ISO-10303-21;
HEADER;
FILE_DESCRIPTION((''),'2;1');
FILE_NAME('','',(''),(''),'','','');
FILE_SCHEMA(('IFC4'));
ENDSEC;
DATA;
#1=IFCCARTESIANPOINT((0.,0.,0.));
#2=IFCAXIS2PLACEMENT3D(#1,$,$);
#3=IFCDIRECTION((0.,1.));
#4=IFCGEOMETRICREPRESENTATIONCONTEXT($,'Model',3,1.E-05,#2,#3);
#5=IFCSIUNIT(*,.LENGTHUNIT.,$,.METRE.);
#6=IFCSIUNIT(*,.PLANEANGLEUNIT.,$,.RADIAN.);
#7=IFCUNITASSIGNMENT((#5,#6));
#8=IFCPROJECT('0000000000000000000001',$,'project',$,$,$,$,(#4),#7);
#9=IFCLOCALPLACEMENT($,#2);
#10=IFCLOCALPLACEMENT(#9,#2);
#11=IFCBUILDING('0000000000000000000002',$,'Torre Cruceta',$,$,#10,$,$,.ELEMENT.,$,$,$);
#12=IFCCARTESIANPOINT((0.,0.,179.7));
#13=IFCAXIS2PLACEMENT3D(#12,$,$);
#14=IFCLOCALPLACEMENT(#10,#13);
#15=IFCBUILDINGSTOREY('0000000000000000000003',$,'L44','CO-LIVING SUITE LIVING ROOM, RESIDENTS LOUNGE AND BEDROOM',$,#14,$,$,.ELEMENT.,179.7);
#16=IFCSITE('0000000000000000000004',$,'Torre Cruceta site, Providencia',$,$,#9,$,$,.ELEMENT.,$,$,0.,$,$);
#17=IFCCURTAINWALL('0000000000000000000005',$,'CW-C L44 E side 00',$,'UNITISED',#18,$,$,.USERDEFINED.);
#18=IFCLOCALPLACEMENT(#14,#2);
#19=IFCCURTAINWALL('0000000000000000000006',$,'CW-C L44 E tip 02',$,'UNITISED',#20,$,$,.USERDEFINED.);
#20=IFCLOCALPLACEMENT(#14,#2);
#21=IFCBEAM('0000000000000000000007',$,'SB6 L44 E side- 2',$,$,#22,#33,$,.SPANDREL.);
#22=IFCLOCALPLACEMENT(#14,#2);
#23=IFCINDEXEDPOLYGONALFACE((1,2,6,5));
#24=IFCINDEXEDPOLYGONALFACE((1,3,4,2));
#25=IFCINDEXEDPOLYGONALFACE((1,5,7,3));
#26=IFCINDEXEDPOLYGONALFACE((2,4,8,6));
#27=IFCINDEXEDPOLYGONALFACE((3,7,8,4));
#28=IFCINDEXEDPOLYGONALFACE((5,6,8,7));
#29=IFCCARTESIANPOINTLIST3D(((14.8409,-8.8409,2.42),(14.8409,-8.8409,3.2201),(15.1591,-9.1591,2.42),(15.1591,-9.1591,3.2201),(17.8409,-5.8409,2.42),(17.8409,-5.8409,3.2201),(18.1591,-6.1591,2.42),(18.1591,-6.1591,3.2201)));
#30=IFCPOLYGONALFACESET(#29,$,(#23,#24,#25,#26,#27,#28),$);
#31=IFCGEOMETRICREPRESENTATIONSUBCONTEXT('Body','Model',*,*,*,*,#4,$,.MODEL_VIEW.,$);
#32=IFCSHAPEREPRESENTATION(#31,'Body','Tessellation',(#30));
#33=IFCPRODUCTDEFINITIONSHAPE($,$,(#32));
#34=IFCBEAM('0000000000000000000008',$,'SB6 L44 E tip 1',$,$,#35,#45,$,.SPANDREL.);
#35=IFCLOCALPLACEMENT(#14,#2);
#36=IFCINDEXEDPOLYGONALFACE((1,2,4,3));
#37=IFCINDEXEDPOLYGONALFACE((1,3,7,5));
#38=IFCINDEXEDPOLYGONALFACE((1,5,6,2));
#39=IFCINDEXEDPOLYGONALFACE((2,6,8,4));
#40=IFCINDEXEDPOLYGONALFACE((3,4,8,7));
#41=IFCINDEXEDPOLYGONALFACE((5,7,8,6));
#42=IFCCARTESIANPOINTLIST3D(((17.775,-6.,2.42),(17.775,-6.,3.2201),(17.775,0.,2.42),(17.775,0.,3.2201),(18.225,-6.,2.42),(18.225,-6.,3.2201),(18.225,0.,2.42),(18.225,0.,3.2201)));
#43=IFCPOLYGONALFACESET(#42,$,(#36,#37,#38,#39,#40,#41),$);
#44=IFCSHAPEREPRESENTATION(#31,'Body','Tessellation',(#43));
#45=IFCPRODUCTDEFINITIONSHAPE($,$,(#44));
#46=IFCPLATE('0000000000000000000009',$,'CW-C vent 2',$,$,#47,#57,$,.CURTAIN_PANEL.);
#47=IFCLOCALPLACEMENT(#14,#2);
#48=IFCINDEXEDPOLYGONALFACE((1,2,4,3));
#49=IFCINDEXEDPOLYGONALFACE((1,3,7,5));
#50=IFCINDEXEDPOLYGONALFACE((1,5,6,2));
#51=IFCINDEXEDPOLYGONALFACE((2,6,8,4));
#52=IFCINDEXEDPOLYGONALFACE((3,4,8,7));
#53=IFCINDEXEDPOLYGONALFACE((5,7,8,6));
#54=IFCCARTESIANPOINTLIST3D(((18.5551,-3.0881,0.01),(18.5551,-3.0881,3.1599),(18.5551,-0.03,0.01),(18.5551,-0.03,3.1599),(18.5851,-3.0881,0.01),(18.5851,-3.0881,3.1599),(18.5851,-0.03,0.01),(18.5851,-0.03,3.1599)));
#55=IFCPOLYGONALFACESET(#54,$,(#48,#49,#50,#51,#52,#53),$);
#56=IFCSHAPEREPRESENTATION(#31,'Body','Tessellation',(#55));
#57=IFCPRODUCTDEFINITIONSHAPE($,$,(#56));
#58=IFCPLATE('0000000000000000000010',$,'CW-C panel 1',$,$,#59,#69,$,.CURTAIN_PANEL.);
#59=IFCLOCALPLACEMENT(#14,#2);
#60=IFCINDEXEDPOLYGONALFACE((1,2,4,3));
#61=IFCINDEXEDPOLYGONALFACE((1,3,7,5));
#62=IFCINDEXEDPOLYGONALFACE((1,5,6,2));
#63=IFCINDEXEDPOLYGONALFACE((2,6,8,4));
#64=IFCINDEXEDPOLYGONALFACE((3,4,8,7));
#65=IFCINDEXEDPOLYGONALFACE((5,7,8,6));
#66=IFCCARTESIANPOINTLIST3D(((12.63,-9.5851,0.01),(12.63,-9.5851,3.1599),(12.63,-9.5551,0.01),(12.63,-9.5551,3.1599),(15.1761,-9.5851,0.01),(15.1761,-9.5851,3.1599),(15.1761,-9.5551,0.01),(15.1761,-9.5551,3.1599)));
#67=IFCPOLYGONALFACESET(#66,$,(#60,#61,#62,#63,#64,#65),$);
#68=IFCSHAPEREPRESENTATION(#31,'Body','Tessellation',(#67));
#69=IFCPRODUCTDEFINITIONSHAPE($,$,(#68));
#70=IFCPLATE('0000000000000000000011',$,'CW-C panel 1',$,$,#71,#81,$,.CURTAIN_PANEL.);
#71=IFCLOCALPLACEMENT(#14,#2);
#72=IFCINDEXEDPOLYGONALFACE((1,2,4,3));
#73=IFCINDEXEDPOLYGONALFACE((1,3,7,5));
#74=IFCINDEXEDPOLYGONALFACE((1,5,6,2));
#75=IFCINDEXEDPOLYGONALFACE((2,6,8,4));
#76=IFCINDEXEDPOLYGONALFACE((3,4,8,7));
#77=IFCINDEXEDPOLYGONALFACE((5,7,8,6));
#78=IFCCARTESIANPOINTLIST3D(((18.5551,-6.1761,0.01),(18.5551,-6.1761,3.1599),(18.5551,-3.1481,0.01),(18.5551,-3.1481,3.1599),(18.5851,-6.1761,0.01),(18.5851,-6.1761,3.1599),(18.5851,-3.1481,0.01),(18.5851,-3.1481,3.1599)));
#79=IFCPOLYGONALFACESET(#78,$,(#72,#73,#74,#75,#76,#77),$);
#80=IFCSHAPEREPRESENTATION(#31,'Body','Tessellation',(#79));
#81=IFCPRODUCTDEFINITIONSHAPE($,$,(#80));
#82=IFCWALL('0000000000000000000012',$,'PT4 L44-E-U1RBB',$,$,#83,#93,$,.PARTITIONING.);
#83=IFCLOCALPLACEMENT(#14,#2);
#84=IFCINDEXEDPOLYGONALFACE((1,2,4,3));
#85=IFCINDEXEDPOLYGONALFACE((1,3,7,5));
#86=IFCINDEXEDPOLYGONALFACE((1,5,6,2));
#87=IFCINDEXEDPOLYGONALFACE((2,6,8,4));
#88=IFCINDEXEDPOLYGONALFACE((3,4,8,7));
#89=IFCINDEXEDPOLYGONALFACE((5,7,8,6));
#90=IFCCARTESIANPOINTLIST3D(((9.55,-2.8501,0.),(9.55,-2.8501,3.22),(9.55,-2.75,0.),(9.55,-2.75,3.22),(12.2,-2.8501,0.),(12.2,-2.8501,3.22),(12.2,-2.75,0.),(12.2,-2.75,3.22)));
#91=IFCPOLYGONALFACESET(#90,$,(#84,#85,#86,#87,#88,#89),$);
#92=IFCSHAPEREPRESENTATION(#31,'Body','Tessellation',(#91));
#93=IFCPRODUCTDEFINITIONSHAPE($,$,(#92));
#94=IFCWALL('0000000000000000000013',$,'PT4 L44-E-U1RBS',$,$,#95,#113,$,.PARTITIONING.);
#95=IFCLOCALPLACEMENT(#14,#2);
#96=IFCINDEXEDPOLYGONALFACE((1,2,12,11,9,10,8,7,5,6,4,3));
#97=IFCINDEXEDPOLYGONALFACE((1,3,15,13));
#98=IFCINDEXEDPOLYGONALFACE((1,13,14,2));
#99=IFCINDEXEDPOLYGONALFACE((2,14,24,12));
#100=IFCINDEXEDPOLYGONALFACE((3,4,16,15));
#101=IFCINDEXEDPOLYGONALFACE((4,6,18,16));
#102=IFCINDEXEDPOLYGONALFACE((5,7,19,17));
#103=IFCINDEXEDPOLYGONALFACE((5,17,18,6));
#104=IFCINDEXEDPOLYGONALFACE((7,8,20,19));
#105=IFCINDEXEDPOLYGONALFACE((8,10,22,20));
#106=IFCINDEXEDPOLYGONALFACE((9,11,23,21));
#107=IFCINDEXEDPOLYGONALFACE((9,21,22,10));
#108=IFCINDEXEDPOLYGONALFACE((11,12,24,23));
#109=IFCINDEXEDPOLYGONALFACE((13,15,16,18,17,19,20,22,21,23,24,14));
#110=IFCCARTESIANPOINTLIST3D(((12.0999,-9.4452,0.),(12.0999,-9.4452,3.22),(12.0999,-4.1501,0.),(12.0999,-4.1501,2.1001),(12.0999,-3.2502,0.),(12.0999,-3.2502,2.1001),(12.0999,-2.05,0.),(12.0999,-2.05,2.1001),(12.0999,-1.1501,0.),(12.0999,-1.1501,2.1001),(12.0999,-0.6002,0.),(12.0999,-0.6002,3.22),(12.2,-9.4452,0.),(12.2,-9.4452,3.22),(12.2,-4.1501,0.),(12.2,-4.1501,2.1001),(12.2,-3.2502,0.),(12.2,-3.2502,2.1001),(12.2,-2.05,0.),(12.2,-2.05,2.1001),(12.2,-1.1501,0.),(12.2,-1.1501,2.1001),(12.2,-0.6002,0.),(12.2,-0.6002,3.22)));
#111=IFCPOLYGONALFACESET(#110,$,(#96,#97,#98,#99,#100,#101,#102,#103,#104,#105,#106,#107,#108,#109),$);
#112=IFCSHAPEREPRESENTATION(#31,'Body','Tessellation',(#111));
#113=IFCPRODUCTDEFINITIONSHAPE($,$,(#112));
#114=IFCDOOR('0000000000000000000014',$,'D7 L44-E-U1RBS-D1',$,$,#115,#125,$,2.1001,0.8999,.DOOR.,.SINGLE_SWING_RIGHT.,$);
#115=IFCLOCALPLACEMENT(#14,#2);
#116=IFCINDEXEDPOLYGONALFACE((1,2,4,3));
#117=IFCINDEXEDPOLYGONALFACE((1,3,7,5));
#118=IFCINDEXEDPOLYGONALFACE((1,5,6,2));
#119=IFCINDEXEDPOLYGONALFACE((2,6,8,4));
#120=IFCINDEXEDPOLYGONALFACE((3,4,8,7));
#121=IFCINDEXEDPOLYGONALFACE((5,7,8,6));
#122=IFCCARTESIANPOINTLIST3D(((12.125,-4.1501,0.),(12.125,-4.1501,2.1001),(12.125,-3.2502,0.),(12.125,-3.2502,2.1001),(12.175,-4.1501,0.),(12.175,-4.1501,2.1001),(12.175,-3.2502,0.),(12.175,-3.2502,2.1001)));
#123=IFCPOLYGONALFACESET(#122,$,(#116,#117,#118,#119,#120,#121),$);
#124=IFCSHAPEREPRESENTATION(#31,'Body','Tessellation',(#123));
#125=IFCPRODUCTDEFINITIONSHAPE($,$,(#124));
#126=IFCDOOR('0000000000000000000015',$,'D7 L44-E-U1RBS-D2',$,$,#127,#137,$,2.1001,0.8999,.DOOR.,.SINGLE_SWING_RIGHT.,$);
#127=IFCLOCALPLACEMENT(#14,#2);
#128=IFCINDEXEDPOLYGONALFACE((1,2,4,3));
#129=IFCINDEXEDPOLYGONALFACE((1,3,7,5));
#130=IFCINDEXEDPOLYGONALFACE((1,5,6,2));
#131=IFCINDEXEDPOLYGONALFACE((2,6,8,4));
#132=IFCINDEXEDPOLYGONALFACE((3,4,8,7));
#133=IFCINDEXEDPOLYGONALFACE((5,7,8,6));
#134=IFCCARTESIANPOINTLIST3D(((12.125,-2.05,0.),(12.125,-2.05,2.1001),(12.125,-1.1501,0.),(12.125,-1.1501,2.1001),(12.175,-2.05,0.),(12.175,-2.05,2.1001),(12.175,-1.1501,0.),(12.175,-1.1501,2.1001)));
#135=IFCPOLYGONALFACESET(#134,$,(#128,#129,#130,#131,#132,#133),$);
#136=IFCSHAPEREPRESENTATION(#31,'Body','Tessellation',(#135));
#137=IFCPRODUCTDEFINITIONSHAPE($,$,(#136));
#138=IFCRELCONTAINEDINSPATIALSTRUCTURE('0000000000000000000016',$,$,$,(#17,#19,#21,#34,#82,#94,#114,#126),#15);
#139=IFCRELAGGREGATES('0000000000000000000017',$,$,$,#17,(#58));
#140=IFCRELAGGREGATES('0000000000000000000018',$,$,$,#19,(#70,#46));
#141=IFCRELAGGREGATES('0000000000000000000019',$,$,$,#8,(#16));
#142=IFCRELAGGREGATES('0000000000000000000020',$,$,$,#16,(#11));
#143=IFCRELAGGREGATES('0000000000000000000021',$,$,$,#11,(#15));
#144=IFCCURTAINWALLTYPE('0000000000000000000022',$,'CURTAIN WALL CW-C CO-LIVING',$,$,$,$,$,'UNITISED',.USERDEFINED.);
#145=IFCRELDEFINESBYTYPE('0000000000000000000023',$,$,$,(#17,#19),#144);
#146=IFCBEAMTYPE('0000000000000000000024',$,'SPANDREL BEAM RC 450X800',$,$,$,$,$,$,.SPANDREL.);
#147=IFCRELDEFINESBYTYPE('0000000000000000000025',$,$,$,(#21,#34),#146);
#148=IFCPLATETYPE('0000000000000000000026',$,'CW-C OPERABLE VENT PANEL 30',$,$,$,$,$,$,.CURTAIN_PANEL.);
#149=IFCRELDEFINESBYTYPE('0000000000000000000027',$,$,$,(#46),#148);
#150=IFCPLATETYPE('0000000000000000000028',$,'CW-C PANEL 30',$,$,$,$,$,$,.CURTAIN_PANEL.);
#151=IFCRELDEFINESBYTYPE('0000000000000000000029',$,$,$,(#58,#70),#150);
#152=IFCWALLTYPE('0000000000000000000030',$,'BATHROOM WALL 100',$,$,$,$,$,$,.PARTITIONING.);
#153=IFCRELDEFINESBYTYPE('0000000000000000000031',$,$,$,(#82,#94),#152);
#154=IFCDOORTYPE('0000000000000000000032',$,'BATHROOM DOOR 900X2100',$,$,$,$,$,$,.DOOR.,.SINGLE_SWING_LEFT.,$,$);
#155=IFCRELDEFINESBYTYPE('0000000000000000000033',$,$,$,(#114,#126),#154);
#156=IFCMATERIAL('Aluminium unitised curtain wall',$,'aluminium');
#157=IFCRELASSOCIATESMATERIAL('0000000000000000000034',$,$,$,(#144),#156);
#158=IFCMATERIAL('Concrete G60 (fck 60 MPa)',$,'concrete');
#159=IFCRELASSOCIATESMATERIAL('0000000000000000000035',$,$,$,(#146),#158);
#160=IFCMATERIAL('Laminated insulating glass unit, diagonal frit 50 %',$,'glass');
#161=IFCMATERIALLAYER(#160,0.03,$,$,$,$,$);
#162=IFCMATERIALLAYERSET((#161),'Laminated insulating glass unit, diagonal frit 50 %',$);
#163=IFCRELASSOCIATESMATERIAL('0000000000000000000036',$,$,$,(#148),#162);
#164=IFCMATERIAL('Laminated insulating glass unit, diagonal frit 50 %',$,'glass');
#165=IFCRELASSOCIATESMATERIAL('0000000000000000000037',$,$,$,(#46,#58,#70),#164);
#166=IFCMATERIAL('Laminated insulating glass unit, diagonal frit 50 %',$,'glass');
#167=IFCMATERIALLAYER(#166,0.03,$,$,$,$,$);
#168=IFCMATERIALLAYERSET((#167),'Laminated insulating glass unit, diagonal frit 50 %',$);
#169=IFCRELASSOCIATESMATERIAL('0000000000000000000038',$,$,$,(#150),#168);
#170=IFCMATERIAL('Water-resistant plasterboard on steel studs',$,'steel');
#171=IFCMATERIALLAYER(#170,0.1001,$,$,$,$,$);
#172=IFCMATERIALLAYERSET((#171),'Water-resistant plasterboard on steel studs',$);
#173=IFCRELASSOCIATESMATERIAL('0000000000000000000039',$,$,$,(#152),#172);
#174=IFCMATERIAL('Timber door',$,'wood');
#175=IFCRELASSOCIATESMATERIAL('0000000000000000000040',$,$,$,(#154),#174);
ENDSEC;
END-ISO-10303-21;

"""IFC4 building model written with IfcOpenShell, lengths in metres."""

from ifc_helpers import new_model, si_unit, direction, frame, frame_2d, origin, origin_2d, place, context, subcontext, project, spatial, rectangle, extrude, material, layer, layer_set, material_profile, profile_set, type_object, element, fill, aggregate, save


model = new_model("IFC4")

# Units and contexts
model_context = context("Model", 3, precision=1e-05, world=origin(), true_north=direction((0.0, 1.0)))
body_context = subcontext(model_context, "Body", "Model", "MODEL_VIEW")
ifc_project = project(units=[si_unit("LENGTHUNIT", "METRE"), si_unit("PLANEANGLEUNIT", "RADIAN")], contexts=[model_context])

# Site, building, storey
site_placement = place(None, origin())
site = spatial("IfcSite", under=ifc_project, at=site_placement, Name="Torre Cruceta site, Providencia", CompositionType="ELEMENT", RefElevation=0.0)
building_placement = place(site_placement, origin())
building = spatial("IfcBuilding", under=site, at=building_placement, Name="Torre Cruceta", CompositionType="ELEMENT")
storey_placement = place(building_placement, frame((0.0, 0.0, 179.7)))
storey = spatial("IfcBuildingStorey", under=building, at=storey_placement, Name="L44", Description="CO-LIVING SUITE LIVING ROOM, RESIDENTS LOUNGE AND BEDROOM", CompositionType="ELEMENT", Elevation=179.7)

# Curtain wall
ifc_material_1 = material(Name="Aluminium unitised curtain wall", Category="aluminium")
curtain_wall_type = type_object("IfcCurtainWallType", Name="CURTAIN WALL CW-C CO-LIVING", ElementType="UNITISED", PredefinedType="USERDEFINED", material=ifc_material_1)
curtain_wall_1_placement = place(storey_placement, origin())
curtain_wall_1 = element("IfcCurtainWall", 1, at=curtain_wall_1_placement, inside=storey, type_object=curtain_wall_type, Name="CW-C L44 E side 00", ObjectType="UNITISED", PredefinedType="USERDEFINED")

# Curtain wall
curtain_wall_2_placement = place(storey_placement, origin())
curtain_wall_2 = element("IfcCurtainWall", 2, at=curtain_wall_2_placement, inside=storey, type_object=curtain_wall_type, Name="CW-C L44 E tip 02", ObjectType="UNITISED", PredefinedType="USERDEFINED")

# Beams
ifc_material_2 = material(Name="Concrete G60 (fck 60 MPa)", Category="concrete")
ifc_material_profile_1 = material_profile(ifc_material_2, rectangle(XDim=0.45, YDim=0.8, at=origin_2d()), Name="RC 450X800")
ifc_profile_set_1 = profile_set([ifc_material_profile_1], Name="Concrete G60 (fck 60 MPa)")
beam_type_1 = type_object("IfcBeamType", Name="SPANDREL BEAM RC 450X800", PredefinedType="SPANDREL", material=ifc_profile_set_1)
beam_1_placement = place(storey_placement, frame((15.0, -9.0, 2.8201), z_axis=(0.707107, 0.707107, 0.0), x_axis=(-0.707107, 0.707107, 0.0)))
element("IfcBeam", 3, at=beam_1_placement, inside=storey, type_object=beam_type_1, Name="SB6 L44 E side- 2", PredefinedType="SPANDREL", context=body_context, shape_type="SweptSolid", body=[
    extrude(rectangle(XDim=0.45, YDim=0.8, at=origin_2d()), origin(), (0.0, 0.0, 1.0), 4.2427),
])
beam_2_placement = place(storey_placement, frame((18.0, -6.0, 2.8201), z_axis=(0.0, 1.0, 0.0), x_axis=(-1.0, 0.0, 0.0)))
element("IfcBeam", 4, at=beam_2_placement, inside=storey, type_object=beam_type_1, Name="SB6 L44 E tip 1", PredefinedType="SPANDREL", context=body_context, shape_type="SweptSolid", body=[
    extrude(rectangle(XDim=0.45, YDim=0.8, at=origin_2d()), origin(), (0.0, 0.0, 1.0), 6.0),
])

# Plates
ifc_material_3 = material(Name="Laminated insulating glass unit, diagonal frit 50 %", Category="glass")
ifc_material_4 = material(Name="Laminated insulating glass unit, diagonal frit 50 %", Category="glass")
ifc_layer_1 = layer(ifc_material_4, 0.03)
ifc_layer_set_1 = layer_set([ifc_layer_1], Name="Laminated insulating glass unit, diagonal frit 50 %")
plate_type_1 = type_object("IfcPlateType", Name="CW-C OPERABLE VENT PANEL 30", PredefinedType="CURTAIN_PANEL", material=ifc_layer_set_1)
plate_1_placement = place(storey_placement, frame((18.5701, -1.5591, 0.01), z_axis=(0.0, 0.0, 1.0), x_axis=(0.0, 1.0, 0.0)))
plate_1 = element("IfcPlate", 5, at=plate_1_placement, type_object=plate_type_1, material=ifc_material_3, Name="CW-C vent 2", PredefinedType="CURTAIN_PANEL", context=body_context, shape_type="SweptSolid", body=[
    extrude(rectangle(XDim=3.0581, YDim=0.03, at=origin_2d()), origin(), (0.0, 0.0, 1.0), 3.1499),
])
ifc_material_5 = material(Name="Laminated insulating glass unit, diagonal frit 50 %", Category="glass")
ifc_layer_2 = layer(ifc_material_5, 0.03)
ifc_layer_set_2 = layer_set([ifc_layer_2], Name="Laminated insulating glass unit, diagonal frit 50 %")
plate_type_2 = type_object("IfcPlateType", Name="CW-C PANEL 30", PredefinedType="CURTAIN_PANEL", material=ifc_layer_set_2)
plate_2_placement = place(storey_placement, frame((13.9031, -9.5701, 0.01), z_axis=(0.0, 0.0, 1.0), x_axis=(1.0, 0.0, 0.0)))
plate_2 = element("IfcPlate", 6, at=plate_2_placement, type_object=plate_type_2, material=ifc_material_3, Name="CW-C panel 1", PredefinedType="CURTAIN_PANEL", context=body_context, shape_type="SweptSolid", body=[
    extrude(rectangle(XDim=2.5461, YDim=0.03, at=origin_2d()), origin(), (0.0, 0.0, 1.0), 3.1499),
])
aggregate(curtain_wall_1, [plate_2])
plate_3_placement = place(storey_placement, frame((18.5701, -4.6621, 0.01), z_axis=(0.0, 0.0, 1.0), x_axis=(0.0, 1.0, 0.0)))
plate_3 = element("IfcPlate", 7, at=plate_3_placement, type_object=plate_type_2, material=ifc_material_3, Name="CW-C panel 1", PredefinedType="CURTAIN_PANEL", context=body_context, shape_type="SweptSolid", body=[
    extrude(rectangle(XDim=3.0281, YDim=0.03, at=origin_2d()), origin(), (0.0, 0.0, 1.0), 3.1499),
])
aggregate(curtain_wall_2, [plate_3, plate_1])

# Wall
ifc_material_6 = material(Name="Water-resistant plasterboard on steel studs", Category="steel")
ifc_layer_3 = layer(ifc_material_6, 0.1001)
ifc_layer_set_3 = layer_set([ifc_layer_3], Name="Water-resistant plasterboard on steel studs")
wall_type_1 = type_object("IfcWallType", Name="BATHROOM WALL 100", PredefinedType="PARTITIONING", material=ifc_layer_set_3)
wall_1_placement = place(storey_placement, frame((9.55, -2.8, 0.0), z_axis=(0.0, 0.0, 1.0), x_axis=(1.0, 0.0, 0.0)))
element("IfcWall", 8, at=wall_1_placement, inside=storey, type_object=wall_type_1, Name="PT4 L44-E-U1RBB", PredefinedType="PARTITIONING", context=body_context, shape_type="SweptSolid", body=[
    extrude(rectangle(XDim=2.6499, YDim=0.1001, at=frame_2d((1.325, 0.0))), origin(), (0.0, 0.0, 1.0), 3.22),
])

# Wall, openings, doors
wall_2_placement = place(storey_placement, frame((12.1499, -9.4451, 0.0), z_axis=(0.0, 0.0, 1.0), x_axis=(0.0, 1.0, 0.0)))
wall_2 = element("IfcWall", 9, at=wall_2_placement, inside=storey, type_object=wall_type_1, Name="PT4 L44-E-U1RBS", PredefinedType="PARTITIONING", context=body_context, shape_type="SweptSolid", body=[
    extrude(rectangle(XDim=8.845, YDim=0.1001, at=frame_2d((4.4224, 0.0))), origin(), (0.0, 0.0, 1.0), 3.22),
])
opening_1_placement = place(wall_2_placement, frame((5.2949, 0.0, 0.0)))
opening_1 = element("IfcOpeningElement", 10, at=opening_1_placement, cuts=wall_2, PredefinedType="OPENING", context=body_context, shape_type="SweptSolid", body=[
    extrude(rectangle(XDim=0.8999, YDim=2.1001, at=frame_2d((0.45, 1.05))), frame((0.0, 0.0601, 0.0), z_axis=(0.0, -1.0, 0.0), x_axis=(1.0, 0.0, 0.0)), (0.0, 0.0, 1.0), 0.1201),
])
opening_2_placement = place(wall_2_placement, frame((7.395, 0.0, 0.0)))
opening_2 = element("IfcOpeningElement", 11, at=opening_2_placement, cuts=wall_2, PredefinedType="OPENING", context=body_context, shape_type="SweptSolid", body=[
    extrude(rectangle(XDim=0.8999, YDim=2.1001, at=frame_2d((0.45, 1.05))), frame((0.0, 0.0601, 0.0), z_axis=(0.0, -1.0, 0.0), x_axis=(1.0, 0.0, 0.0)), (0.0, 0.0, 1.0), 0.1201),
])
ifc_material_7 = material(Name="Timber door", Category="wood")
door_type = type_object("IfcDoorType", Name="BATHROOM DOOR 900X2100", OperationType="SINGLE_SWING_LEFT", PredefinedType="DOOR", material=ifc_material_7)
door_1_placement = place(opening_1_placement, origin())
door_1 = element("IfcDoor", 12, at=door_1_placement, inside=storey, type_object=door_type, Name="D7 L44-E-U1RBS-D1", OperationType="SINGLE_SWING_RIGHT", OverallHeight=2.1001, OverallWidth=0.8999, PredefinedType="DOOR", context=body_context, shape_type="SweptSolid", body=[
    extrude(rectangle(XDim=0.8999, YDim=2.1001, at=frame_2d((0.45, 1.05))), frame((0.0, 0.0249, 0.0), z_axis=(0.0, -1.0, 0.0), x_axis=(1.0, 0.0, 0.0)), (0.0, 0.0, 1.0), 0.05),
])
fill(opening_1, door_1)
door_2_placement = place(opening_2_placement, origin())
door_2 = element("IfcDoor", 13, at=door_2_placement, inside=storey, type_object=door_type, Name="D7 L44-E-U1RBS-D2", OperationType="SINGLE_SWING_RIGHT", OverallHeight=2.1001, OverallWidth=0.8999, PredefinedType="DOOR", context=body_context, shape_type="SweptSolid", body=[
    extrude(rectangle(XDim=0.8999, YDim=2.1001, at=frame_2d((0.45, 1.05))), frame((0.0, 0.0249, 0.0), z_axis=(0.0, -1.0, 0.0), x_axis=(1.0, 0.0, 0.0)), (0.0, 0.0, 1.0), 0.05),
])
fill(opening_2, door_2)

save(model, "model.ifc")
